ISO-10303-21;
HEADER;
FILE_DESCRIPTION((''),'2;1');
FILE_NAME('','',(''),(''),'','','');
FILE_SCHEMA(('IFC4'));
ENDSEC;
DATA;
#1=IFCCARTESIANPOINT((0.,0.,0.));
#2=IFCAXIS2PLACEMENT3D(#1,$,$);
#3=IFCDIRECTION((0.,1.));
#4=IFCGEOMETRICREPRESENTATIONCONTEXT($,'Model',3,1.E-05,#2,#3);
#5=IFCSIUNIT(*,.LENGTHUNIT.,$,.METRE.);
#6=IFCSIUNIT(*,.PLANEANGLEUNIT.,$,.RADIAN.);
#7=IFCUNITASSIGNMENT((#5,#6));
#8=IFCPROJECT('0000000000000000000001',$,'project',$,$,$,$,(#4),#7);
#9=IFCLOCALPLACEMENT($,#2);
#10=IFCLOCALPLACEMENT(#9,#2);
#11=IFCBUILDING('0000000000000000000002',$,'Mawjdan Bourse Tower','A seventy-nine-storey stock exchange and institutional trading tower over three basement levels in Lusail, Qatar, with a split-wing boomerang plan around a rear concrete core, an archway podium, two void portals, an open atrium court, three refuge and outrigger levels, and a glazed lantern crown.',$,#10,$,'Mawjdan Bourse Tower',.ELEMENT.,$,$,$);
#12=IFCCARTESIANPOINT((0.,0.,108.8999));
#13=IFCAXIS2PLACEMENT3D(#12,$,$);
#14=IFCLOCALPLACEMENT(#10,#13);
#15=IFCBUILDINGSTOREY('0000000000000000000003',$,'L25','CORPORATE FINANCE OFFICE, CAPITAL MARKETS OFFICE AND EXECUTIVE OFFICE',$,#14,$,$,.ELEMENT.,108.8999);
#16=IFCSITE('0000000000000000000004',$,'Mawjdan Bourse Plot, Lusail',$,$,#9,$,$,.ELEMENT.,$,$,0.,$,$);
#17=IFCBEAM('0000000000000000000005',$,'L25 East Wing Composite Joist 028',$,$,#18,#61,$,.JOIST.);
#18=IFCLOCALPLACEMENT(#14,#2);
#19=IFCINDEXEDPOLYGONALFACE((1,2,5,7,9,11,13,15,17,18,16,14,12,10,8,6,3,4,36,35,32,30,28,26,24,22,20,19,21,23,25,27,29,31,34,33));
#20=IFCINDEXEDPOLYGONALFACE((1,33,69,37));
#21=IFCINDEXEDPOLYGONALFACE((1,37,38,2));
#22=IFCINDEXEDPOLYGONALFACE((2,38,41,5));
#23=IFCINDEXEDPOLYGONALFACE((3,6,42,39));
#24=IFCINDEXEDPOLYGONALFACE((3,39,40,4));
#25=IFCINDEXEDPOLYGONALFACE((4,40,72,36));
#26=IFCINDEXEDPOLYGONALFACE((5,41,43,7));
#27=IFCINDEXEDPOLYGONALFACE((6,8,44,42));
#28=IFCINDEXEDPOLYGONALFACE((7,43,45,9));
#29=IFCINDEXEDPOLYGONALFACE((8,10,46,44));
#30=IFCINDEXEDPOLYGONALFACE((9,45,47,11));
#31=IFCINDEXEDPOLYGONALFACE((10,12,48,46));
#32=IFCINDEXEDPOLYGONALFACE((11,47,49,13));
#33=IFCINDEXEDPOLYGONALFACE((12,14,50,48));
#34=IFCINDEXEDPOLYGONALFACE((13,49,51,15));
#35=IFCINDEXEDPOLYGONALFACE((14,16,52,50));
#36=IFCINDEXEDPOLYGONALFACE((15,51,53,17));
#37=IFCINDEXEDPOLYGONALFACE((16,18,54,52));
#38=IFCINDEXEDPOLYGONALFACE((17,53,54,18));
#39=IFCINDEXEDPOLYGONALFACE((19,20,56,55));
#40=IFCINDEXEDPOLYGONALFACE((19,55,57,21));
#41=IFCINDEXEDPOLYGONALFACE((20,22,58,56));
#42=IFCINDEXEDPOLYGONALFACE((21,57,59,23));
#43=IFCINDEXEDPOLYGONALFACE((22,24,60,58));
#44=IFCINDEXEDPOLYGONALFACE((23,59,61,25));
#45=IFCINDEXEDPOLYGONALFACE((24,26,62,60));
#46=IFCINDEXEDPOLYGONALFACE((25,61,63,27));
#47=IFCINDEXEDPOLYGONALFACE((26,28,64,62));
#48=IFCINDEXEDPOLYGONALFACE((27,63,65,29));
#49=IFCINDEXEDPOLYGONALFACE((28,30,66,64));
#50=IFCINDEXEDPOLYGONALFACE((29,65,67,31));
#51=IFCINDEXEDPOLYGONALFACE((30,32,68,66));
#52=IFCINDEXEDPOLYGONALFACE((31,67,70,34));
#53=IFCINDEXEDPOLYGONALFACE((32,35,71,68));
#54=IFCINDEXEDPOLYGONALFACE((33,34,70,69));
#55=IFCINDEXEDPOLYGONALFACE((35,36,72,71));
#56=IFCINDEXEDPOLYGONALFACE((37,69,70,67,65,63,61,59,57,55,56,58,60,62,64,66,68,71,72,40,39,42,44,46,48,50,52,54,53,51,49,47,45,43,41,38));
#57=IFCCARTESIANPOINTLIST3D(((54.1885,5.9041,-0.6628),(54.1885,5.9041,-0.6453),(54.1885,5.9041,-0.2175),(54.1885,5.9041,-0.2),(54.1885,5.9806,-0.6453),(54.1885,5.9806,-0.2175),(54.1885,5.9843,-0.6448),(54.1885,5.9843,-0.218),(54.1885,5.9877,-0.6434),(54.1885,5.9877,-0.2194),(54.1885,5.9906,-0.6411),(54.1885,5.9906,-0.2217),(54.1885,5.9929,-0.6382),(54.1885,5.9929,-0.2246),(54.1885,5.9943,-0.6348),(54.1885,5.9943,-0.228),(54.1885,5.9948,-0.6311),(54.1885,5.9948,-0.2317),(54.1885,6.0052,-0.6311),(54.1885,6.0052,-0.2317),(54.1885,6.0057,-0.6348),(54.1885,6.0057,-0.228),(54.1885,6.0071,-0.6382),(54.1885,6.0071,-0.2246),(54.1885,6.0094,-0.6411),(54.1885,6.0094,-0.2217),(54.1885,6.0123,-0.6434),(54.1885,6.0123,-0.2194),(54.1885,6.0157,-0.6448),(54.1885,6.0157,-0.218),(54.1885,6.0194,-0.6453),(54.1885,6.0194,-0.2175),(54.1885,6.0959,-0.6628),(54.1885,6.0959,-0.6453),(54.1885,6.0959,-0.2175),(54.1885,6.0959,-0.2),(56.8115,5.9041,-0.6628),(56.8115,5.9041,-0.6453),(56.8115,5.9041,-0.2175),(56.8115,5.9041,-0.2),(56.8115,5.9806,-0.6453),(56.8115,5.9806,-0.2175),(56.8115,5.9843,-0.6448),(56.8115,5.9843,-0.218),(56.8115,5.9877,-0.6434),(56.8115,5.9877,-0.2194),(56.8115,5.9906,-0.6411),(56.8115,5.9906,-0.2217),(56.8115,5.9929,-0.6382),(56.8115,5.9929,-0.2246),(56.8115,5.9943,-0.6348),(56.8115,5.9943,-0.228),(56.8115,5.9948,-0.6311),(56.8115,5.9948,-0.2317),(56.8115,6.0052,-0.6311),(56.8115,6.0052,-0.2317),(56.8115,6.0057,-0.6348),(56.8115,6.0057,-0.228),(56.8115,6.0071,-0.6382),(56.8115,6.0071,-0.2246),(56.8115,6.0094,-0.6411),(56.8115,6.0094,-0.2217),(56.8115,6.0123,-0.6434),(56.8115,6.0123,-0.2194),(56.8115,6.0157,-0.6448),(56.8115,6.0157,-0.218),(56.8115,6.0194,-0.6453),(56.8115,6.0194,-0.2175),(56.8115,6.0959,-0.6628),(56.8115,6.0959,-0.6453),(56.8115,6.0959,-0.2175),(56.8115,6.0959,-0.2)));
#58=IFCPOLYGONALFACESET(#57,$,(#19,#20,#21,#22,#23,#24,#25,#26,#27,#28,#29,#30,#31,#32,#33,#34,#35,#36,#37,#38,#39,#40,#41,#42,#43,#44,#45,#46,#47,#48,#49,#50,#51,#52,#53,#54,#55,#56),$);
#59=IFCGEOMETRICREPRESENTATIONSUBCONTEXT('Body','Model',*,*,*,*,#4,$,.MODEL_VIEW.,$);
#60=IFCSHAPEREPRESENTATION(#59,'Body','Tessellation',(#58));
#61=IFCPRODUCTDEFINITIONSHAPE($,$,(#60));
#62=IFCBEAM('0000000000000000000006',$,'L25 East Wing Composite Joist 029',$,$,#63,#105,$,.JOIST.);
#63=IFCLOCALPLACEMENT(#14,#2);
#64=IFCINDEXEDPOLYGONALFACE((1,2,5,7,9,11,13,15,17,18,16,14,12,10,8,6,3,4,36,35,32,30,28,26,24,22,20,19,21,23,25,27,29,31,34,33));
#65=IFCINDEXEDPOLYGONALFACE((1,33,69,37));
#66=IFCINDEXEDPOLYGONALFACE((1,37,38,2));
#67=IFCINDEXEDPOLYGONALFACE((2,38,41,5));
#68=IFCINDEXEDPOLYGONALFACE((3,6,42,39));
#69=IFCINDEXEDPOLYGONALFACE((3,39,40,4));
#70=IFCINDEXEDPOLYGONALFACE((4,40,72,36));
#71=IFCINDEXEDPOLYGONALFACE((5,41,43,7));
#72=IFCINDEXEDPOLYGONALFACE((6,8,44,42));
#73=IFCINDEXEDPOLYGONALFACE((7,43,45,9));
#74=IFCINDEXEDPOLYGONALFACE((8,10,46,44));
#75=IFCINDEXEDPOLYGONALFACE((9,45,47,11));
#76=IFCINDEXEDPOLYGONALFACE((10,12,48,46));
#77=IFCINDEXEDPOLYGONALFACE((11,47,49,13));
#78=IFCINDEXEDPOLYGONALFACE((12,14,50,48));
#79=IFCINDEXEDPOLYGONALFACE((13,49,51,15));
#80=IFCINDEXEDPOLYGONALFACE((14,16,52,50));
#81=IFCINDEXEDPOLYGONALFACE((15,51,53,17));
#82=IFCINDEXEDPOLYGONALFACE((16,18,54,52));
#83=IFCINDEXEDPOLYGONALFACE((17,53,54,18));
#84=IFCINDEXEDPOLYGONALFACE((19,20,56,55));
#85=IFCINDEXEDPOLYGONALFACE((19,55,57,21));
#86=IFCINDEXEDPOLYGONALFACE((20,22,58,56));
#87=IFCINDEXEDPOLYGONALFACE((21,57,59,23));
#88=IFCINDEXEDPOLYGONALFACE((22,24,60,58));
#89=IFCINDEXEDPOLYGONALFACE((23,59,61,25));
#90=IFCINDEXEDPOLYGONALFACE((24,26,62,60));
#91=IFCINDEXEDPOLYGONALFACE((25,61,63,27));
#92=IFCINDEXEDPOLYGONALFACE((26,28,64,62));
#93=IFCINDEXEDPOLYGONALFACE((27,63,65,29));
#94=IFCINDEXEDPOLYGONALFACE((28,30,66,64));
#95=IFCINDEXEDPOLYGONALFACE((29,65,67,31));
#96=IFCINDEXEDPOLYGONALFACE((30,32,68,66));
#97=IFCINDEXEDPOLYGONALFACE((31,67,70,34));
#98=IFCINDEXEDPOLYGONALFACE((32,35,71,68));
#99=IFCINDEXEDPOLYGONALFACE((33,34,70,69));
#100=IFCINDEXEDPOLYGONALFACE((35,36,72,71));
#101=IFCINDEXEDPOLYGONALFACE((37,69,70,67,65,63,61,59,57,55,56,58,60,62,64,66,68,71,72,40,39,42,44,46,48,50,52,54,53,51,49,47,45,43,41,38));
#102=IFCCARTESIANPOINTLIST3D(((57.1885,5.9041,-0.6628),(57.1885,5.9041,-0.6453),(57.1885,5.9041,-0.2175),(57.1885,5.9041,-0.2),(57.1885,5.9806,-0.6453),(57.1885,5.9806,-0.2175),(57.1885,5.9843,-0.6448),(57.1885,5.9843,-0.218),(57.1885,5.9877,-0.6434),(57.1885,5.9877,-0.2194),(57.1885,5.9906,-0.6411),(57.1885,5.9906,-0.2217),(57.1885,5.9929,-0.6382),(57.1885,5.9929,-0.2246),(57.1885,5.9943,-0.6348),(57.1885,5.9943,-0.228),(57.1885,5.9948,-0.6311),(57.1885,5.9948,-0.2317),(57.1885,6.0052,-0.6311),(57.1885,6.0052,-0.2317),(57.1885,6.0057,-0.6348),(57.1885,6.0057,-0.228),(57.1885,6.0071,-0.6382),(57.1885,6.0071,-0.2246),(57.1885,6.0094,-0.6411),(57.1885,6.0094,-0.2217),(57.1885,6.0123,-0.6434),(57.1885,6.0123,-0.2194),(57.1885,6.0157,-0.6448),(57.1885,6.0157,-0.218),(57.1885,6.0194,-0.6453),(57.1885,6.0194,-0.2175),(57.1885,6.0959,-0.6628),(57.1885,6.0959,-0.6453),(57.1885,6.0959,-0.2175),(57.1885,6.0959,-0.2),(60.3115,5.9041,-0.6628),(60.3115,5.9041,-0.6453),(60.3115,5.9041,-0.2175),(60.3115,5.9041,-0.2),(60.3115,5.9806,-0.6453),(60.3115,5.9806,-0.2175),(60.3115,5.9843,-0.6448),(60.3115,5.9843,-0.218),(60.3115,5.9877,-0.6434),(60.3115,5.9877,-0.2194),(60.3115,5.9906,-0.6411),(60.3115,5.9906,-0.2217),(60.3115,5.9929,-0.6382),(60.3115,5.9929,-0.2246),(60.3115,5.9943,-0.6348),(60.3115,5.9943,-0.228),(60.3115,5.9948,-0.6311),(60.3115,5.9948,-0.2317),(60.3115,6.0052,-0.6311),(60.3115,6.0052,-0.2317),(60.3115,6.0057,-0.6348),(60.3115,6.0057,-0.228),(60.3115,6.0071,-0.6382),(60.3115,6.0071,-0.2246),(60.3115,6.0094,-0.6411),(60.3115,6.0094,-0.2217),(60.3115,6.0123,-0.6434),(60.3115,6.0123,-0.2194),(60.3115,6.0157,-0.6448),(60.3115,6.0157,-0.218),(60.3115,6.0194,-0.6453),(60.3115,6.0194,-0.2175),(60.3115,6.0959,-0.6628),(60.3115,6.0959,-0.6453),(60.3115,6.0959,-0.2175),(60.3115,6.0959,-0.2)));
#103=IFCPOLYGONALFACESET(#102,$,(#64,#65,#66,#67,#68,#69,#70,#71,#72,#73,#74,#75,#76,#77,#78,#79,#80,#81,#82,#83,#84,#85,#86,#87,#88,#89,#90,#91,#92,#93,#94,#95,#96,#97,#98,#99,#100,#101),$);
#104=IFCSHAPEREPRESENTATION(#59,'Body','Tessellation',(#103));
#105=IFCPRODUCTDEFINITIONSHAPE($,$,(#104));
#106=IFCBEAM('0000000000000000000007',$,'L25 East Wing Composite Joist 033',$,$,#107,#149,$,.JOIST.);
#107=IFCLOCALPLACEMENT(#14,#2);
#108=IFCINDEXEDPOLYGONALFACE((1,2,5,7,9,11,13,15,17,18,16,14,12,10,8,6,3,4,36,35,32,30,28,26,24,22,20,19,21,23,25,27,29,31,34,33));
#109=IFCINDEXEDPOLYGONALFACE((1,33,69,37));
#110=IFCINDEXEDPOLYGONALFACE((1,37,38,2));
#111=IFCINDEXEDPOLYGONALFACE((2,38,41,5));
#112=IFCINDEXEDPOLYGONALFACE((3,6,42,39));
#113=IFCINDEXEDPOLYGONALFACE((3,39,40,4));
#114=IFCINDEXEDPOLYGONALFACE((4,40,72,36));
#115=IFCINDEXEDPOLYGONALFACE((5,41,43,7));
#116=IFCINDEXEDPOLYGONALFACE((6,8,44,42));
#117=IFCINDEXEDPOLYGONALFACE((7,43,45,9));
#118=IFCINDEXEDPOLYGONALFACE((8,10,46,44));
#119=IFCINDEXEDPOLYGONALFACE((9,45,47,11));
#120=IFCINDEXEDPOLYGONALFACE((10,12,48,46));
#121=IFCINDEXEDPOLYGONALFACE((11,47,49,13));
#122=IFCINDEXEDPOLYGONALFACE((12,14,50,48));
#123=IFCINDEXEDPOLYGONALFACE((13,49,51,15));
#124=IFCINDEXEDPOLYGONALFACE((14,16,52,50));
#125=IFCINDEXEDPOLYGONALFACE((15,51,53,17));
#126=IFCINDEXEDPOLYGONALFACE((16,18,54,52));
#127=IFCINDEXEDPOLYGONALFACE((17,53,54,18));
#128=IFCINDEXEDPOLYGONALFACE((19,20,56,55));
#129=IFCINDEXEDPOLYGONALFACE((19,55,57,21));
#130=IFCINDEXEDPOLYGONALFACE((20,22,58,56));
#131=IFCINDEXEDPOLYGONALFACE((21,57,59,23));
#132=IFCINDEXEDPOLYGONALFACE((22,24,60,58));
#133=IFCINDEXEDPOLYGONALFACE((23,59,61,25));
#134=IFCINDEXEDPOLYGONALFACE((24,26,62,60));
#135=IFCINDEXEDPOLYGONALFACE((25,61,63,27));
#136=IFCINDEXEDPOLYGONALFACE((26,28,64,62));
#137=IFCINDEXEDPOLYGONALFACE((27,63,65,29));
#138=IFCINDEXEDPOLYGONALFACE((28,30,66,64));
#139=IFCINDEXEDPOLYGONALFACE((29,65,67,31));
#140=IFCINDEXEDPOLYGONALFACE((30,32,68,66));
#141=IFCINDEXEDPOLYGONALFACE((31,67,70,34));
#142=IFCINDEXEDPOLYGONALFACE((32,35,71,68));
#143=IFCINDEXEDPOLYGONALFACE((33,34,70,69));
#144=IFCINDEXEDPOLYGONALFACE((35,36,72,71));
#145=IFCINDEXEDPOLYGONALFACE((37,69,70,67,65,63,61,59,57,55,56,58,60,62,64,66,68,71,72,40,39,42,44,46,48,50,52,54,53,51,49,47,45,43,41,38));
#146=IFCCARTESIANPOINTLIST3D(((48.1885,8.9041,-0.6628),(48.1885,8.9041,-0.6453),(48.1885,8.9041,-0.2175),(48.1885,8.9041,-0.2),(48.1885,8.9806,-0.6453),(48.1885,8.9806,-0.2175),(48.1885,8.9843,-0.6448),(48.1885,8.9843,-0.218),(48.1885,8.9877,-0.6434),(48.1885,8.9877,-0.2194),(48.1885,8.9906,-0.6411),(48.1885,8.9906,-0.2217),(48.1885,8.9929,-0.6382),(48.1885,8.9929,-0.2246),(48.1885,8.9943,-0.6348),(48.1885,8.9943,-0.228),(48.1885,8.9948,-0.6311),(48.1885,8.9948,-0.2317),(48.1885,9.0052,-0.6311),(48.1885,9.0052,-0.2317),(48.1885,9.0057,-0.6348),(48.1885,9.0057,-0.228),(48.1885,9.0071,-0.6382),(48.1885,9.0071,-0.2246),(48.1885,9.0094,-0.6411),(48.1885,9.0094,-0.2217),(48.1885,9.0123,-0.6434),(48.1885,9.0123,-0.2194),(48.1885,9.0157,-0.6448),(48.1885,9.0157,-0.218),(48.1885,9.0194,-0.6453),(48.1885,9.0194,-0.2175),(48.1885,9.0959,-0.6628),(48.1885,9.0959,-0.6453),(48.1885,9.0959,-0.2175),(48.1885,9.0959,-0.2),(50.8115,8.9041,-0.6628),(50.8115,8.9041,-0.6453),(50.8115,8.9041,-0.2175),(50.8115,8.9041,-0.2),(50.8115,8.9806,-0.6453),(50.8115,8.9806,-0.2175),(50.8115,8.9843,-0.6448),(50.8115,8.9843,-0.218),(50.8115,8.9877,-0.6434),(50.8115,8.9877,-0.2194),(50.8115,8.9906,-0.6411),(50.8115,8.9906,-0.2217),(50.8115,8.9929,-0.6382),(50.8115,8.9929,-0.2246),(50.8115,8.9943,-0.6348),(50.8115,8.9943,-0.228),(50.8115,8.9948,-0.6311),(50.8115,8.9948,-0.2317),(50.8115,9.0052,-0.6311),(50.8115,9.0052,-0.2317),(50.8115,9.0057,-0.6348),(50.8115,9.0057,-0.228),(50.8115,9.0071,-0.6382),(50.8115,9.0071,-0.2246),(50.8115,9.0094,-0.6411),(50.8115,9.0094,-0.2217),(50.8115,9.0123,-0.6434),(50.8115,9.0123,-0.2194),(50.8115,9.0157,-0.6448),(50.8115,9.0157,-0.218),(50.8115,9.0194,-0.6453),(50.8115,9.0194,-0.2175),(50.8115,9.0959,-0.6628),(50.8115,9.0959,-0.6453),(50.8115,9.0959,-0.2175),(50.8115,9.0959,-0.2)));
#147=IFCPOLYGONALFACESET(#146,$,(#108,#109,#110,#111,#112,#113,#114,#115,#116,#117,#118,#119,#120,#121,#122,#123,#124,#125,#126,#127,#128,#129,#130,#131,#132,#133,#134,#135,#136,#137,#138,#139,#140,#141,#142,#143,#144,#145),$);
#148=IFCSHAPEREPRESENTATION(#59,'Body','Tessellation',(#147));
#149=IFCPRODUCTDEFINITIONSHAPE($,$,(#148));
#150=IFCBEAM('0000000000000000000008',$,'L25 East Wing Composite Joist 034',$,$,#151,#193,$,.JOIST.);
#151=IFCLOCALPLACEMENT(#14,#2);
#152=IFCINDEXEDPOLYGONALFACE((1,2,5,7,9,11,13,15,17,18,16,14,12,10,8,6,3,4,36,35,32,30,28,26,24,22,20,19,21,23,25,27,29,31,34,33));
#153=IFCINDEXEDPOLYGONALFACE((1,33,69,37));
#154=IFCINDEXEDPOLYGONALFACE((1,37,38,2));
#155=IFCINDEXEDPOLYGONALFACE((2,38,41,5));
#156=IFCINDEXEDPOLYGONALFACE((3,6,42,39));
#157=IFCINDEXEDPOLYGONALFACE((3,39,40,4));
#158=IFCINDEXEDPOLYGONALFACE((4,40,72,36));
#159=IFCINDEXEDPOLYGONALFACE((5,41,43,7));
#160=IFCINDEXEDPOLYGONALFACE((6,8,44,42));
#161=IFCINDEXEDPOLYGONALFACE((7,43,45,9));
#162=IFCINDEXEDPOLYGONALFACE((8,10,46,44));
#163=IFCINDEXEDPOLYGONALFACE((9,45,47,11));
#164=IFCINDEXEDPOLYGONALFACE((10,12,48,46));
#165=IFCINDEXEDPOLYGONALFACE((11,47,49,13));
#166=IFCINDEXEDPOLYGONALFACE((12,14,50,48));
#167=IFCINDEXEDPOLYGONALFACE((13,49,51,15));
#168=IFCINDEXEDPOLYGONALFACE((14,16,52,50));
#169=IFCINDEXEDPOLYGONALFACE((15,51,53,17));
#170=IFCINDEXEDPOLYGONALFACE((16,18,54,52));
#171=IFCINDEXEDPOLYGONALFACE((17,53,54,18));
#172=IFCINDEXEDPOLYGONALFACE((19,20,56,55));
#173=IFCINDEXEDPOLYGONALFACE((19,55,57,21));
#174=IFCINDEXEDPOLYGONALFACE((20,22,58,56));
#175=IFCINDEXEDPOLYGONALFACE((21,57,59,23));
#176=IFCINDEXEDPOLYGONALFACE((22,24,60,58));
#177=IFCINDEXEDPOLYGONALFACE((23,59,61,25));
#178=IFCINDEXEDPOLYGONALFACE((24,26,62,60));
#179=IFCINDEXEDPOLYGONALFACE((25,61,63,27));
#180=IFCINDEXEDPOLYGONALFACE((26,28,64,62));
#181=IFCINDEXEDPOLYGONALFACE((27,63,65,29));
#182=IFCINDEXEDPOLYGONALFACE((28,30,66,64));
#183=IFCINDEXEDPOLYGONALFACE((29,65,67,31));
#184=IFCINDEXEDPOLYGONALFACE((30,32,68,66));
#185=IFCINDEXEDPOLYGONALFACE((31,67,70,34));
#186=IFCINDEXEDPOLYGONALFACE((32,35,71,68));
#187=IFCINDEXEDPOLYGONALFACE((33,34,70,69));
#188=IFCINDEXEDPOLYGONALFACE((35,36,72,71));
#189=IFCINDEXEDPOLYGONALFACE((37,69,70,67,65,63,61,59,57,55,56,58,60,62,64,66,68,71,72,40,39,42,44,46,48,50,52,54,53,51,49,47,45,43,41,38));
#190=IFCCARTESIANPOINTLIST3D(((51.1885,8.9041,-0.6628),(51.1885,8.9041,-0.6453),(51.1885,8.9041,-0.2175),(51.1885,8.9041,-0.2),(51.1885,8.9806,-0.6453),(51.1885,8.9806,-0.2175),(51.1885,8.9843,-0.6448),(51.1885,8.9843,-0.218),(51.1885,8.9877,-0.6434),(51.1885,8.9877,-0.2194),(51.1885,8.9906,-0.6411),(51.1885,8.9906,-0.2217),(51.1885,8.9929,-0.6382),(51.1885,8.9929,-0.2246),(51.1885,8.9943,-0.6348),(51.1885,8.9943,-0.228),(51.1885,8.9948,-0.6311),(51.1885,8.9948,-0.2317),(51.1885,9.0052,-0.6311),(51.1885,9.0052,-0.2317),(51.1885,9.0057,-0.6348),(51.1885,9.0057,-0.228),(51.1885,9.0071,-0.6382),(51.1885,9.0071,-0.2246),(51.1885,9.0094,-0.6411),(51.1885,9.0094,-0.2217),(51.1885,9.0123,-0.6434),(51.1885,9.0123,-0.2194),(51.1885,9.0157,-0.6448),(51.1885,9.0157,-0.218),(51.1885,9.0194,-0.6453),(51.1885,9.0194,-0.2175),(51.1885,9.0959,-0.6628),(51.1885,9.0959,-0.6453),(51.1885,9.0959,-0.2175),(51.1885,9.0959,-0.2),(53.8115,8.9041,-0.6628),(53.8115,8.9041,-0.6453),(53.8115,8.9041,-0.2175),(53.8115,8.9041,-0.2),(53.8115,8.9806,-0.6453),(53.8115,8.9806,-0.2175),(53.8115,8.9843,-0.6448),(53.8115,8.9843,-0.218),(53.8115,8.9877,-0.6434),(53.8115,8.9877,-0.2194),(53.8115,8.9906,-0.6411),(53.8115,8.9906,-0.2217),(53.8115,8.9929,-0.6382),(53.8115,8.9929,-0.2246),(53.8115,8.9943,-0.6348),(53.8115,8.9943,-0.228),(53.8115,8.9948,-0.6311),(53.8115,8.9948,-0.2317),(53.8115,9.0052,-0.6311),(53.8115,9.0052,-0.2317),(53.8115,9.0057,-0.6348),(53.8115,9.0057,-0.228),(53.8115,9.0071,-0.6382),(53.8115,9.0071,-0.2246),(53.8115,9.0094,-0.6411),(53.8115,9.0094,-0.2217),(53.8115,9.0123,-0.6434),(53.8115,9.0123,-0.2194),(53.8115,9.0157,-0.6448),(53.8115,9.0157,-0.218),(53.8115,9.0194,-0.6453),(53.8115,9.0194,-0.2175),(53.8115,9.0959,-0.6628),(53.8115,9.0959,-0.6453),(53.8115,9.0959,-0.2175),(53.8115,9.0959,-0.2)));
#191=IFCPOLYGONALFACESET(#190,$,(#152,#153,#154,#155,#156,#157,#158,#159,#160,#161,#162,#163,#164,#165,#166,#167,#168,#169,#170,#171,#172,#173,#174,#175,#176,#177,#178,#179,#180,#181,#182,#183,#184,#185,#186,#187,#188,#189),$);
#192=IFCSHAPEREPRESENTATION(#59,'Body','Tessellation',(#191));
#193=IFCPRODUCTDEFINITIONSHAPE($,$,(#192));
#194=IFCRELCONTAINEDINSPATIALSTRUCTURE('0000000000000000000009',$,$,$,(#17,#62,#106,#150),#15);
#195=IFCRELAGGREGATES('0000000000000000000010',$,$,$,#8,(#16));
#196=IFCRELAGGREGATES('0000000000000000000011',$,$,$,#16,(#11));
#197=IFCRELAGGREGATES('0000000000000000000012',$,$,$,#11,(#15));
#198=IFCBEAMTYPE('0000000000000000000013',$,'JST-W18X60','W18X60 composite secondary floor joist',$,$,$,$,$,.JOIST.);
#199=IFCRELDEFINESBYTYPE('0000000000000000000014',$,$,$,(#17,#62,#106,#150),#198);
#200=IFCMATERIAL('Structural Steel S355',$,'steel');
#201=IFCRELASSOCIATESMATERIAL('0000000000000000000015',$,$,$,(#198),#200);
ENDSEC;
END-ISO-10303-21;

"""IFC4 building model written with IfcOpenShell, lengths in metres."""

from ifc_helpers import new_model, si_unit, direction, frame, origin, origin_2d, place, context, subcontext, project, spatial, i_section, extrude, material, material_profile, profile_set, type_object, element, save


model = new_model("IFC4")

# Units and contexts
model_context = context("Model", 3, precision=1e-05, world=origin(), true_north=direction((0.0, 1.0)))
body_context = subcontext(model_context, "Body", "Model", "MODEL_VIEW")
ifc_project = project(units=[si_unit("LENGTHUNIT", "METRE"), si_unit("PLANEANGLEUNIT", "RADIAN")], contexts=[model_context])

# Site, building, storey
site_placement = place(None, origin())
site = spatial("IfcSite", under=ifc_project, at=site_placement, Name="Mawjdan Bourse Plot, Lusail", CompositionType="ELEMENT", RefElevation=0.0)
building_placement = place(site_placement, origin())
building = spatial("IfcBuilding", under=site, at=building_placement, Name="Mawjdan Bourse Tower", Description="A seventy-nine-storey stock exchange and institutional trading tower over three basement levels in Lusail, Qatar, with a split-wing boomerang plan around a rear concrete core, an archway podium, two void portals, an open atrium court, three refuge and outrigger levels, and a glazed lantern crown.", LongName="Mawjdan Bourse Tower", CompositionType="ELEMENT")
storey_placement = place(building_placement, frame((0.0, 0.0, 108.8999)))
storey = spatial("IfcBuildingStorey", under=building, at=storey_placement, Name="L25", Description="CORPORATE FINANCE OFFICE, CAPITAL MARKETS OFFICE AND EXECUTIVE OFFICE", CompositionType="ELEMENT", Elevation=108.8999)

# Beams
ifc_material_1 = material(Name="Structural Steel S355", Category="steel")
ifc_material_profile_1 = material_profile(ifc_material_1, i_section(OverallWidth=0.1919, OverallDepth=0.4629, WebThickness=0.0105, FlangeThickness=0.0176, FilletRadius=0.0142, at=origin_2d()), Name="W18X60")
ifc_profile_set_1 = profile_set([ifc_material_profile_1], Name="Structural Steel S355")
beam_type_1 = type_object("IfcBeamType", Name="JST-W18X60", Description="W18X60 composite secondary floor joist", PredefinedType="JOIST", material=ifc_profile_set_1)
for number, where, z_axis, x_axis, name in (
    (1, (54.1885, 6.0, -0.4314), (1.0, 0.0, 0.0), (0.0, 1.0, 0.0), "L25 East Wing Composite Joist 028"),
):
    element("IfcBeam", number, at=place(storey_placement, frame(where, z_axis=z_axis, x_axis=x_axis)), inside=storey, type_object=beam_type_1, Name=name, PredefinedType="JOIST", context=body_context, shape_type="SweptSolid", body=[
        extrude(i_section(OverallWidth=0.1919, OverallDepth=0.4629, WebThickness=0.0105, FlangeThickness=0.0176, FilletRadius=0.0142, at=origin_2d()), origin(), (0.0, 0.0, 1.0), 2.623),
    ])
beam_1_placement = place(storey_placement, frame((57.1885, 6.0, -0.4314), z_axis=(1.0, 0.0, 0.0), x_axis=(0.0, 1.0, 0.0)))
element("IfcBeam", 2, at=beam_1_placement, inside=storey, type_object=beam_type_1, Name="L25 East Wing Composite Joist 029", PredefinedType="JOIST", context=body_context, shape_type="SweptSolid", body=[
    extrude(i_section(OverallWidth=0.1919, OverallDepth=0.4629, WebThickness=0.0105, FlangeThickness=0.0176, FilletRadius=0.0142, at=origin_2d()), origin(), (0.0, 0.0, 1.0), 3.123),
])
for number, where, z_axis, x_axis, name in (
    (3, (48.1885, 9.0, -0.4314), (1.0, 0.0, 0.0), (0.0, 1.0, 0.0), "L25 East Wing Composite Joist 033"),
    (4, (51.1885, 9.0, -0.4314), (1.0, 0.0, 0.0), (0.0, 1.0, 0.0), "L25 East Wing Composite Joist 034"),
):
    element("IfcBeam", number, at=place(storey_placement, frame(where, z_axis=z_axis, x_axis=x_axis)), inside=storey, type_object=beam_type_1, Name=name, PredefinedType="JOIST", context=body_context, shape_type="SweptSolid", body=[
        extrude(i_section(OverallWidth=0.1919, OverallDepth=0.4629, WebThickness=0.0105, FlangeThickness=0.0176, FilletRadius=0.0142, at=origin_2d()), origin(), (0.0, 0.0, 1.0), 2.623),
    ])

save(model, "model.ifc")
